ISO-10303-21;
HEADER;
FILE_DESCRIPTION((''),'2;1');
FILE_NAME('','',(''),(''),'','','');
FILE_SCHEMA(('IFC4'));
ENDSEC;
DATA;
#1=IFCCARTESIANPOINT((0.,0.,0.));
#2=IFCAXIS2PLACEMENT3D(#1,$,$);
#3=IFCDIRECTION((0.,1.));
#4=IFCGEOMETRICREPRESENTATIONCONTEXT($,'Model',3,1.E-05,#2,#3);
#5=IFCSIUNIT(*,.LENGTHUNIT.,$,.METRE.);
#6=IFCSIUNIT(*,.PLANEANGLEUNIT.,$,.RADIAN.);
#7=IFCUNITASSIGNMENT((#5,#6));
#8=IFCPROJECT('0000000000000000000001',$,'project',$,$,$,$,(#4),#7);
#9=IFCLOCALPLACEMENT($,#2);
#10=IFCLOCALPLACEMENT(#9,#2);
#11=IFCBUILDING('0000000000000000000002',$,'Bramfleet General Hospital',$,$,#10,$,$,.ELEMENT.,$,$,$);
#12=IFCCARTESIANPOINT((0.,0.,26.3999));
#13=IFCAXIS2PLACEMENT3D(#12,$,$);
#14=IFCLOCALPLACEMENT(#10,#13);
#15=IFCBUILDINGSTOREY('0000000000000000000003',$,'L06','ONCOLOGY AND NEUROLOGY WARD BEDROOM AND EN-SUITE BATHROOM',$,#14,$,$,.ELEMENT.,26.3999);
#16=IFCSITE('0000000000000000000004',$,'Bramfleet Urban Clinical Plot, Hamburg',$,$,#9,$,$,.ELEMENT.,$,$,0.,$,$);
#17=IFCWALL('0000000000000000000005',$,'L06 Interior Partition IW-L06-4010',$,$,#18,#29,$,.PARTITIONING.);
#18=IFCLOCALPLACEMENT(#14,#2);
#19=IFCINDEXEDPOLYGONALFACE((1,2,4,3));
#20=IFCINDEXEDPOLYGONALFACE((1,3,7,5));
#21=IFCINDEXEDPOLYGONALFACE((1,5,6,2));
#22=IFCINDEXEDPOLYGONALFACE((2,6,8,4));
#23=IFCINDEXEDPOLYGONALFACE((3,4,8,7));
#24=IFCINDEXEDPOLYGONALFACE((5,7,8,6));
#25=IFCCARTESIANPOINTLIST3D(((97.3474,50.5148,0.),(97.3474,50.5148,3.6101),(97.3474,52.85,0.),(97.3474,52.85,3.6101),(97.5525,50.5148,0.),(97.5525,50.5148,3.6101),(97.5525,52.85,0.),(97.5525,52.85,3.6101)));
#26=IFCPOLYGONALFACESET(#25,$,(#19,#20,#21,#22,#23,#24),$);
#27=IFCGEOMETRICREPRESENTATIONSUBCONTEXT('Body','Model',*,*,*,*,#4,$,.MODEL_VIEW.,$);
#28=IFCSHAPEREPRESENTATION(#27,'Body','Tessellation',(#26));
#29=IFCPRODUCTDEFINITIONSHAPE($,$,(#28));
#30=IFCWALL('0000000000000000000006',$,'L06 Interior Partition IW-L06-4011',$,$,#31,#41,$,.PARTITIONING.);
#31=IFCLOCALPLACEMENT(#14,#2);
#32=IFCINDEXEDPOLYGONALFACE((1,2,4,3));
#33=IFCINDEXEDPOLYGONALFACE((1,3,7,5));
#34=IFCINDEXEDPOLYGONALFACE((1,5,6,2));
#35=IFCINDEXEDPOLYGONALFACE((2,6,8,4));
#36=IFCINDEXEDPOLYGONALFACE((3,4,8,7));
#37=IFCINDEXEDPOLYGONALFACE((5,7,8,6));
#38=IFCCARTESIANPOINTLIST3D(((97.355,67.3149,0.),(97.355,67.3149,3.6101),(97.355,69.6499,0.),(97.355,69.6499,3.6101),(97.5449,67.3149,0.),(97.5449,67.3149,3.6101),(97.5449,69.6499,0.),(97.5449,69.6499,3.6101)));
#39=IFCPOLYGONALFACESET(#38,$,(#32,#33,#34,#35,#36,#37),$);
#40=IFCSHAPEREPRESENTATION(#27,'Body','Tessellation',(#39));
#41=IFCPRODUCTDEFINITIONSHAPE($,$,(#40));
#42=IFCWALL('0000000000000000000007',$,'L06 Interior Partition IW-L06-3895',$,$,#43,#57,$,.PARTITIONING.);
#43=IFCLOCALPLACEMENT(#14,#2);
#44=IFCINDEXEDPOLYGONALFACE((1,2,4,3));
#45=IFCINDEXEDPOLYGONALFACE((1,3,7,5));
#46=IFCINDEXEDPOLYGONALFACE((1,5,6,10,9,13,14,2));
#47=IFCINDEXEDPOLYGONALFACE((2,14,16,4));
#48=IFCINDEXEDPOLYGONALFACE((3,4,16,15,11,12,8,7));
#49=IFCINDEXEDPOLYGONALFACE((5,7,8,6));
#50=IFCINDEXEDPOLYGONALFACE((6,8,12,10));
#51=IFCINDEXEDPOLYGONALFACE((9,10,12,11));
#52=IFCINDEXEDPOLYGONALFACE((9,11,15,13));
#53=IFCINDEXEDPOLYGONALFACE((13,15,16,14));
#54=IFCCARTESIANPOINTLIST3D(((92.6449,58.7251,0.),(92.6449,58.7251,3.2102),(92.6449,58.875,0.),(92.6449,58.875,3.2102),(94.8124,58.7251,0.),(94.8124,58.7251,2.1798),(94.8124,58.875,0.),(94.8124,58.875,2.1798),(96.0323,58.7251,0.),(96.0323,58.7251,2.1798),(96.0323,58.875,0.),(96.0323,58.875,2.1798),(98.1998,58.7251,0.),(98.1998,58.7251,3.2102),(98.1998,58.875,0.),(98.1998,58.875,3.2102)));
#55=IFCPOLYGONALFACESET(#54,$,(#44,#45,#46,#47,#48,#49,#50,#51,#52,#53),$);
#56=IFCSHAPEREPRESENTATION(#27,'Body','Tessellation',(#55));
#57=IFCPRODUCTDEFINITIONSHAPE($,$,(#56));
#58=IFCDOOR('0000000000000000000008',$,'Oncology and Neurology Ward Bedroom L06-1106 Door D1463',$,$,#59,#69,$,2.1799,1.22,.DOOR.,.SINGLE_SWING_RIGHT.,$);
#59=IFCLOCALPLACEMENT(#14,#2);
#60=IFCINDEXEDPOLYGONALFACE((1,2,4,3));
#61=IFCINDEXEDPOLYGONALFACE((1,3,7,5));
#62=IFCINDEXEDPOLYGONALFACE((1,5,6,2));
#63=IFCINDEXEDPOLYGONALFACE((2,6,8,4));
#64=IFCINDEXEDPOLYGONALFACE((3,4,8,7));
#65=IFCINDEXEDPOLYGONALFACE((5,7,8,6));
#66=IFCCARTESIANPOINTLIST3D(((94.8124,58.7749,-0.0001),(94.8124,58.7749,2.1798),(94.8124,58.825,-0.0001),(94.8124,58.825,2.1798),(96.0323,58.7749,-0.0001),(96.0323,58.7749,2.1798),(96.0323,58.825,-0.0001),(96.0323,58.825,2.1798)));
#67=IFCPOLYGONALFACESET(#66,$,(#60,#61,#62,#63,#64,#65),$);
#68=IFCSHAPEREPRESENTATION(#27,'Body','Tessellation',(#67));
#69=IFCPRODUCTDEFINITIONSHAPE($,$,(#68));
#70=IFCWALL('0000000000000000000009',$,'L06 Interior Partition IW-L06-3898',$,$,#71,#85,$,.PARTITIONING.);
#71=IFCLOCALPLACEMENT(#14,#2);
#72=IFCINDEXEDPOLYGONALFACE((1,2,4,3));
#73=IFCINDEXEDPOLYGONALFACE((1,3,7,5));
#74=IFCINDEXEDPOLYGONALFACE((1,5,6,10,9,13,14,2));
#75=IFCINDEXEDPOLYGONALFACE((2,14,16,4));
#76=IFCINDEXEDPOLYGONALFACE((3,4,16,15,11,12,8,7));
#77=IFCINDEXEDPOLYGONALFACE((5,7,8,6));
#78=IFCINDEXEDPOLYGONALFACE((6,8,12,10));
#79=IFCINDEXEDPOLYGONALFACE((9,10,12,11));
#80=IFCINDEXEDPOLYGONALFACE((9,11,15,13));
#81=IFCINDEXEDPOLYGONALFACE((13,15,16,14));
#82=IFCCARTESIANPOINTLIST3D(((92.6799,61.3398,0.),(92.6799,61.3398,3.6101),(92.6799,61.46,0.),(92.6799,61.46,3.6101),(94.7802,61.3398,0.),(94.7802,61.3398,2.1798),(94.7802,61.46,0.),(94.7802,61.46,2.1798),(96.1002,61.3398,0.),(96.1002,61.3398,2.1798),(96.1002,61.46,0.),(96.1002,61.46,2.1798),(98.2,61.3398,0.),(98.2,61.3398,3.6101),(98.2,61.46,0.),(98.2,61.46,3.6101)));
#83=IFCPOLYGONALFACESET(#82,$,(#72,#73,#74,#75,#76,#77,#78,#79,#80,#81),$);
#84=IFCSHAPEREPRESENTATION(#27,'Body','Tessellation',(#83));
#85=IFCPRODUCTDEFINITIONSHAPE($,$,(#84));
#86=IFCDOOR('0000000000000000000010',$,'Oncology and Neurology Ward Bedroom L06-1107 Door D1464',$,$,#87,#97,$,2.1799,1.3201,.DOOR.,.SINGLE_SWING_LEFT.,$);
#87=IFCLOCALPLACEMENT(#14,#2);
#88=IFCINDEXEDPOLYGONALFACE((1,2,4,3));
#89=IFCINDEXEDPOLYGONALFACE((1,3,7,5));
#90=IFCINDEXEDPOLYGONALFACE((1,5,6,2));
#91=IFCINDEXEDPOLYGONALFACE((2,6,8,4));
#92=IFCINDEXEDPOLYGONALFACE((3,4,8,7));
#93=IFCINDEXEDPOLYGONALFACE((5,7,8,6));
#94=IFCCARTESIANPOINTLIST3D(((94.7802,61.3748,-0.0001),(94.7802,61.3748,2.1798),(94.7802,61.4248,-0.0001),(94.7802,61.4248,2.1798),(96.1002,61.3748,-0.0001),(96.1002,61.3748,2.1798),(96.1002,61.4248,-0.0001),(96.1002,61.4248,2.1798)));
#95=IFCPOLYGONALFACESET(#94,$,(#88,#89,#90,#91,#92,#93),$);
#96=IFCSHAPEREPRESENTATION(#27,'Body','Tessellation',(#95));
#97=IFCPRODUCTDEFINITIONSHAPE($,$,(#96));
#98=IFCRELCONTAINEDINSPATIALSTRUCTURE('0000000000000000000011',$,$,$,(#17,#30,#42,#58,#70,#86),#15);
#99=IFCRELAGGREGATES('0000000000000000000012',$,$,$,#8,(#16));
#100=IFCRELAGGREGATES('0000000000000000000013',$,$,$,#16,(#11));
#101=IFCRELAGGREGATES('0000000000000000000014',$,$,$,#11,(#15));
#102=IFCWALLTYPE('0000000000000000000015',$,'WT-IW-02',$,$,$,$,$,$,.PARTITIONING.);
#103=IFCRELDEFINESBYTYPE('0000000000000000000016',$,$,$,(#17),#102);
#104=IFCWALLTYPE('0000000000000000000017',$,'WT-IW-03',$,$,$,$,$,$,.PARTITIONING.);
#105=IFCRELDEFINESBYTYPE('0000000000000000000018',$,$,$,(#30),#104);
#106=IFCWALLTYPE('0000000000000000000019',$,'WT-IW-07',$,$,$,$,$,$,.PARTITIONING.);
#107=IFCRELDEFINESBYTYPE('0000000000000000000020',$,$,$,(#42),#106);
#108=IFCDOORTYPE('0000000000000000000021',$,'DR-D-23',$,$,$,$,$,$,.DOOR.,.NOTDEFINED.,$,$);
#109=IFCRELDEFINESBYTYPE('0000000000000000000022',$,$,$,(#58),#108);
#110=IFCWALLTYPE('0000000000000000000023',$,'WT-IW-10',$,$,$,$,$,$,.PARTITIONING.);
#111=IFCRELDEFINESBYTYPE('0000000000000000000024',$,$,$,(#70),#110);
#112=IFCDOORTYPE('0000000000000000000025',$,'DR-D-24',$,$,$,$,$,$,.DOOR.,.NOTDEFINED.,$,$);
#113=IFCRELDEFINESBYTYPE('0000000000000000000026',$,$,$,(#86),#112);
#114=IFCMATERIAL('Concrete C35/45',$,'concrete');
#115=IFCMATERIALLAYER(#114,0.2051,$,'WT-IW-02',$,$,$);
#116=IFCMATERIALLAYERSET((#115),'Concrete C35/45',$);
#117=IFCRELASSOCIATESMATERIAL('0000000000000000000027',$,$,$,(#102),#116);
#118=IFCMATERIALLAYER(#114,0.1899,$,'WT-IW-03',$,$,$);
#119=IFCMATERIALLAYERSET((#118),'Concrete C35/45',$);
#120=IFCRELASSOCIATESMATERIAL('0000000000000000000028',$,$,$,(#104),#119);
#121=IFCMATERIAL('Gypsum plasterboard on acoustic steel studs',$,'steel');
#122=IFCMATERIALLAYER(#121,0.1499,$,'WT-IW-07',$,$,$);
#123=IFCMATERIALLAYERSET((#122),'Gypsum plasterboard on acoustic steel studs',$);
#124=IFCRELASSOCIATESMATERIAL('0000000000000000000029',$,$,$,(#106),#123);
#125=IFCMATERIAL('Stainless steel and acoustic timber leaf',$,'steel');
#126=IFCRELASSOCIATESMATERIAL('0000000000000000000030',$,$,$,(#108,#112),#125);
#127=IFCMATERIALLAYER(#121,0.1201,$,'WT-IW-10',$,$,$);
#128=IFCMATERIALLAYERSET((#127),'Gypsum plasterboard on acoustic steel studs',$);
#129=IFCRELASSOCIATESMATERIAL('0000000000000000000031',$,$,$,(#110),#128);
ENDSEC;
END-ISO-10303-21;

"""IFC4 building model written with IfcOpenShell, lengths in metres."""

from ifc_helpers import new_model, si_unit, direction, frame, frame_2d, origin, place, context, subcontext, project, spatial, rectangle, extrude, material, layer, layer_set, type_object, element, fill, save


model = new_model("IFC4")

# Units and contexts
model_context = context("Model", 3, precision=1e-05, world=origin(), true_north=direction((0.0, 1.0)))
body_context = subcontext(model_context, "Body", "Model", "MODEL_VIEW")
ifc_project = project(units=[si_unit("LENGTHUNIT", "METRE"), si_unit("PLANEANGLEUNIT", "RADIAN")], contexts=[model_context])

# Site, building, storey
site_placement = place(None, origin())
site = spatial("IfcSite", under=ifc_project, at=site_placement, Name="Bramfleet Urban Clinical Plot, Hamburg", CompositionType="ELEMENT", RefElevation=0.0)
building_placement = place(site_placement, origin())
building = spatial("IfcBuilding", under=site, at=building_placement, Name="Bramfleet General Hospital", CompositionType="ELEMENT")
storey_placement = place(building_placement, frame((0.0, 0.0, 26.3999)))
storey = spatial("IfcBuildingStorey", under=building, at=storey_placement, Name="L06", Description="ONCOLOGY AND NEUROLOGY WARD BEDROOM AND EN-SUITE BATHROOM", CompositionType="ELEMENT", Elevation=26.3999)

# Walls
ifc_material_1 = material(Name="Concrete C35/45", Category="concrete")
ifc_layer_1 = layer(ifc_material_1, 0.2051, Name="WT-IW-02")
ifc_layer_set_1 = layer_set([ifc_layer_1], Name="Concrete C35/45")
wall_type_1 = type_object("IfcWallType", Name="WT-IW-02", PredefinedType="PARTITIONING", material=ifc_layer_set_1)
wall_1_placement = place(storey_placement, frame((97.45, 50.5149, 0.0), z_axis=(0.0, 0.0, 1.0), x_axis=(0.0, 1.0, 0.0)))
element("IfcWall", 1, at=wall_1_placement, inside=storey, type_object=wall_type_1, Name="L06 Interior Partition IW-L06-4010", PredefinedType="PARTITIONING", context=body_context, shape_type="SweptSolid", body=[
    extrude(rectangle(XDim=2.3352, YDim=0.2051, at=frame_2d((1.1675, 0.0))), origin(), (0.0, 0.0, 1.0), 3.6101),
])
ifc_layer_2 = layer(ifc_material_1, 0.1899, Name="WT-IW-03")
ifc_layer_set_2 = layer_set([ifc_layer_2], Name="Concrete C35/45")
wall_type_2 = type_object("IfcWallType", Name="WT-IW-03", PredefinedType="PARTITIONING", material=ifc_layer_set_2)
wall_2_placement = place(storey_placement, frame((97.45, 67.3149, 0.0), z_axis=(0.0, 0.0, 1.0), x_axis=(0.0, 1.0, 0.0)))
element("IfcWall", 2, at=wall_2_placement, inside=storey, type_object=wall_type_2, Name="L06 Interior Partition IW-L06-4011", PredefinedType="PARTITIONING", context=body_context, shape_type="SweptSolid", body=[
    extrude(rectangle(XDim=2.335, YDim=0.1899, at=frame_2d((1.1675, 0.0))), origin(), (0.0, 0.0, 1.0), 3.6101),
])

# Walls, openings, doors
ifc_material_2 = material(Name="Gypsum plasterboard on acoustic steel studs", Category="steel")
ifc_layer_3 = layer(ifc_material_2, 0.1499, Name="WT-IW-07")
ifc_layer_set_3 = layer_set([ifc_layer_3], Name="Gypsum plasterboard on acoustic steel studs")
wall_type_3 = type_object("IfcWallType", Name="WT-IW-07", PredefinedType="PARTITIONING", material=ifc_layer_set_3)
wall_3_placement = place(storey_placement, frame((92.645, 58.8, 0.0), z_axis=(0.0, 0.0, 1.0), x_axis=(1.0, 0.0, 0.0)))
wall_3 = element("IfcWall", 3, at=wall_3_placement, inside=storey, type_object=wall_type_3, Name="L06 Interior Partition IW-L06-3895", PredefinedType="PARTITIONING", context=body_context, shape_type="SweptSolid", body=[
    extrude(rectangle(XDim=5.5549, YDim=0.1499, at=frame_2d((2.7773, 0.0))), origin(), (0.0, 0.0, 1.0), 3.2102),
])
opening_1_placement = place(wall_3_placement, frame((2.1675, 0.0, 0.0)))
opening_1 = element("IfcOpeningElement", 4, at=opening_1_placement, cuts=wall_3, PredefinedType="OPENING", context=body_context, shape_type="SweptSolid", body=[
    extrude(rectangle(XDim=1.22, YDim=2.1799, at=frame_2d((0.6099, 1.0898))), frame((0.0, 0.085, 0.0), z_axis=(0.0, -1.0, 0.0), x_axis=(1.0, 0.0, 0.0)), (0.0, 0.0, 1.0), 0.1699),
])
ifc_material_3 = material(Name="Stainless steel and acoustic timber leaf", Category="steel")
door_type_1 = type_object("IfcDoorType", Name="DR-D-23", OperationType="NOTDEFINED", PredefinedType="DOOR", material=ifc_material_3)
door_1_placement = place(opening_1_placement, origin())
door_1 = element("IfcDoor", 5, at=door_1_placement, inside=storey, type_object=door_type_1, Name="Oncology and Neurology Ward Bedroom L06-1106 Door D1463", OperationType="SINGLE_SWING_RIGHT", OverallHeight=2.1799, OverallWidth=1.22, PredefinedType="DOOR", context=body_context, shape_type="SweptSolid", body=[
    extrude(rectangle(XDim=1.22, YDim=2.1799, at=frame_2d((0.6099, 1.0898))), frame((0.0, 0.0249, 0.0), z_axis=(0.0, -1.0, 0.0), x_axis=(1.0, 0.0, 0.0)), (0.0, 0.0, 1.0), 0.05),
])
fill(opening_1, door_1)
ifc_layer_4 = layer(ifc_material_2, 0.1201, Name="WT-IW-10")
ifc_layer_set_4 = layer_set([ifc_layer_4], Name="Gypsum plasterboard on acoustic steel studs")
wall_type_4 = type_object("IfcWallType", Name="WT-IW-10", PredefinedType="PARTITIONING", material=ifc_layer_set_4)
wall_4_placement = place(storey_placement, frame((92.6799, 61.3999, 0.0), z_axis=(0.0, 0.0, 1.0), x_axis=(1.0, 0.0, 0.0)))
wall_4 = element("IfcWall", 6, at=wall_4_placement, inside=storey, type_object=wall_type_4, Name="L06 Interior Partition IW-L06-3898", PredefinedType="PARTITIONING", context=body_context, shape_type="SweptSolid", body=[
    extrude(rectangle(XDim=5.52, YDim=0.1201, at=frame_2d((2.76, 0.0))), origin(), (0.0, 0.0, 1.0), 3.6101),
])
opening_2_placement = place(wall_4_placement, frame((2.1001, 0.0, 0.0)))
opening_2 = element("IfcOpeningElement", 7, at=opening_2_placement, cuts=wall_4, PredefinedType="OPENING", context=body_context, shape_type="SweptSolid", body=[
    extrude(rectangle(XDim=1.3201, YDim=2.1799, at=frame_2d((0.6602, 1.0898))), frame((0.0, 0.0701, 0.0), z_axis=(0.0, -1.0, 0.0), x_axis=(1.0, 0.0, 0.0)), (0.0, 0.0, 1.0), 0.1401),
])
door_type_2 = type_object("IfcDoorType", Name="DR-D-24", OperationType="NOTDEFINED", PredefinedType="DOOR", material=ifc_material_3)
door_2_placement = place(opening_2_placement, origin())
door_2 = element("IfcDoor", 8, at=door_2_placement, inside=storey, type_object=door_type_2, Name="Oncology and Neurology Ward Bedroom L06-1107 Door D1464", OperationType="SINGLE_SWING_LEFT", OverallHeight=2.1799, OverallWidth=1.3201, PredefinedType="DOOR", context=body_context, shape_type="SweptSolid", body=[
    extrude(rectangle(XDim=1.3201, YDim=2.1799, at=frame_2d((0.6602, 1.0898))), frame((0.0, 0.0249, 0.0), z_axis=(0.0, -1.0, 0.0), x_axis=(1.0, 0.0, 0.0)), (0.0, 0.0, 1.0), 0.05),
])
fill(opening_2, door_2)

save(model, "model.ifc")
